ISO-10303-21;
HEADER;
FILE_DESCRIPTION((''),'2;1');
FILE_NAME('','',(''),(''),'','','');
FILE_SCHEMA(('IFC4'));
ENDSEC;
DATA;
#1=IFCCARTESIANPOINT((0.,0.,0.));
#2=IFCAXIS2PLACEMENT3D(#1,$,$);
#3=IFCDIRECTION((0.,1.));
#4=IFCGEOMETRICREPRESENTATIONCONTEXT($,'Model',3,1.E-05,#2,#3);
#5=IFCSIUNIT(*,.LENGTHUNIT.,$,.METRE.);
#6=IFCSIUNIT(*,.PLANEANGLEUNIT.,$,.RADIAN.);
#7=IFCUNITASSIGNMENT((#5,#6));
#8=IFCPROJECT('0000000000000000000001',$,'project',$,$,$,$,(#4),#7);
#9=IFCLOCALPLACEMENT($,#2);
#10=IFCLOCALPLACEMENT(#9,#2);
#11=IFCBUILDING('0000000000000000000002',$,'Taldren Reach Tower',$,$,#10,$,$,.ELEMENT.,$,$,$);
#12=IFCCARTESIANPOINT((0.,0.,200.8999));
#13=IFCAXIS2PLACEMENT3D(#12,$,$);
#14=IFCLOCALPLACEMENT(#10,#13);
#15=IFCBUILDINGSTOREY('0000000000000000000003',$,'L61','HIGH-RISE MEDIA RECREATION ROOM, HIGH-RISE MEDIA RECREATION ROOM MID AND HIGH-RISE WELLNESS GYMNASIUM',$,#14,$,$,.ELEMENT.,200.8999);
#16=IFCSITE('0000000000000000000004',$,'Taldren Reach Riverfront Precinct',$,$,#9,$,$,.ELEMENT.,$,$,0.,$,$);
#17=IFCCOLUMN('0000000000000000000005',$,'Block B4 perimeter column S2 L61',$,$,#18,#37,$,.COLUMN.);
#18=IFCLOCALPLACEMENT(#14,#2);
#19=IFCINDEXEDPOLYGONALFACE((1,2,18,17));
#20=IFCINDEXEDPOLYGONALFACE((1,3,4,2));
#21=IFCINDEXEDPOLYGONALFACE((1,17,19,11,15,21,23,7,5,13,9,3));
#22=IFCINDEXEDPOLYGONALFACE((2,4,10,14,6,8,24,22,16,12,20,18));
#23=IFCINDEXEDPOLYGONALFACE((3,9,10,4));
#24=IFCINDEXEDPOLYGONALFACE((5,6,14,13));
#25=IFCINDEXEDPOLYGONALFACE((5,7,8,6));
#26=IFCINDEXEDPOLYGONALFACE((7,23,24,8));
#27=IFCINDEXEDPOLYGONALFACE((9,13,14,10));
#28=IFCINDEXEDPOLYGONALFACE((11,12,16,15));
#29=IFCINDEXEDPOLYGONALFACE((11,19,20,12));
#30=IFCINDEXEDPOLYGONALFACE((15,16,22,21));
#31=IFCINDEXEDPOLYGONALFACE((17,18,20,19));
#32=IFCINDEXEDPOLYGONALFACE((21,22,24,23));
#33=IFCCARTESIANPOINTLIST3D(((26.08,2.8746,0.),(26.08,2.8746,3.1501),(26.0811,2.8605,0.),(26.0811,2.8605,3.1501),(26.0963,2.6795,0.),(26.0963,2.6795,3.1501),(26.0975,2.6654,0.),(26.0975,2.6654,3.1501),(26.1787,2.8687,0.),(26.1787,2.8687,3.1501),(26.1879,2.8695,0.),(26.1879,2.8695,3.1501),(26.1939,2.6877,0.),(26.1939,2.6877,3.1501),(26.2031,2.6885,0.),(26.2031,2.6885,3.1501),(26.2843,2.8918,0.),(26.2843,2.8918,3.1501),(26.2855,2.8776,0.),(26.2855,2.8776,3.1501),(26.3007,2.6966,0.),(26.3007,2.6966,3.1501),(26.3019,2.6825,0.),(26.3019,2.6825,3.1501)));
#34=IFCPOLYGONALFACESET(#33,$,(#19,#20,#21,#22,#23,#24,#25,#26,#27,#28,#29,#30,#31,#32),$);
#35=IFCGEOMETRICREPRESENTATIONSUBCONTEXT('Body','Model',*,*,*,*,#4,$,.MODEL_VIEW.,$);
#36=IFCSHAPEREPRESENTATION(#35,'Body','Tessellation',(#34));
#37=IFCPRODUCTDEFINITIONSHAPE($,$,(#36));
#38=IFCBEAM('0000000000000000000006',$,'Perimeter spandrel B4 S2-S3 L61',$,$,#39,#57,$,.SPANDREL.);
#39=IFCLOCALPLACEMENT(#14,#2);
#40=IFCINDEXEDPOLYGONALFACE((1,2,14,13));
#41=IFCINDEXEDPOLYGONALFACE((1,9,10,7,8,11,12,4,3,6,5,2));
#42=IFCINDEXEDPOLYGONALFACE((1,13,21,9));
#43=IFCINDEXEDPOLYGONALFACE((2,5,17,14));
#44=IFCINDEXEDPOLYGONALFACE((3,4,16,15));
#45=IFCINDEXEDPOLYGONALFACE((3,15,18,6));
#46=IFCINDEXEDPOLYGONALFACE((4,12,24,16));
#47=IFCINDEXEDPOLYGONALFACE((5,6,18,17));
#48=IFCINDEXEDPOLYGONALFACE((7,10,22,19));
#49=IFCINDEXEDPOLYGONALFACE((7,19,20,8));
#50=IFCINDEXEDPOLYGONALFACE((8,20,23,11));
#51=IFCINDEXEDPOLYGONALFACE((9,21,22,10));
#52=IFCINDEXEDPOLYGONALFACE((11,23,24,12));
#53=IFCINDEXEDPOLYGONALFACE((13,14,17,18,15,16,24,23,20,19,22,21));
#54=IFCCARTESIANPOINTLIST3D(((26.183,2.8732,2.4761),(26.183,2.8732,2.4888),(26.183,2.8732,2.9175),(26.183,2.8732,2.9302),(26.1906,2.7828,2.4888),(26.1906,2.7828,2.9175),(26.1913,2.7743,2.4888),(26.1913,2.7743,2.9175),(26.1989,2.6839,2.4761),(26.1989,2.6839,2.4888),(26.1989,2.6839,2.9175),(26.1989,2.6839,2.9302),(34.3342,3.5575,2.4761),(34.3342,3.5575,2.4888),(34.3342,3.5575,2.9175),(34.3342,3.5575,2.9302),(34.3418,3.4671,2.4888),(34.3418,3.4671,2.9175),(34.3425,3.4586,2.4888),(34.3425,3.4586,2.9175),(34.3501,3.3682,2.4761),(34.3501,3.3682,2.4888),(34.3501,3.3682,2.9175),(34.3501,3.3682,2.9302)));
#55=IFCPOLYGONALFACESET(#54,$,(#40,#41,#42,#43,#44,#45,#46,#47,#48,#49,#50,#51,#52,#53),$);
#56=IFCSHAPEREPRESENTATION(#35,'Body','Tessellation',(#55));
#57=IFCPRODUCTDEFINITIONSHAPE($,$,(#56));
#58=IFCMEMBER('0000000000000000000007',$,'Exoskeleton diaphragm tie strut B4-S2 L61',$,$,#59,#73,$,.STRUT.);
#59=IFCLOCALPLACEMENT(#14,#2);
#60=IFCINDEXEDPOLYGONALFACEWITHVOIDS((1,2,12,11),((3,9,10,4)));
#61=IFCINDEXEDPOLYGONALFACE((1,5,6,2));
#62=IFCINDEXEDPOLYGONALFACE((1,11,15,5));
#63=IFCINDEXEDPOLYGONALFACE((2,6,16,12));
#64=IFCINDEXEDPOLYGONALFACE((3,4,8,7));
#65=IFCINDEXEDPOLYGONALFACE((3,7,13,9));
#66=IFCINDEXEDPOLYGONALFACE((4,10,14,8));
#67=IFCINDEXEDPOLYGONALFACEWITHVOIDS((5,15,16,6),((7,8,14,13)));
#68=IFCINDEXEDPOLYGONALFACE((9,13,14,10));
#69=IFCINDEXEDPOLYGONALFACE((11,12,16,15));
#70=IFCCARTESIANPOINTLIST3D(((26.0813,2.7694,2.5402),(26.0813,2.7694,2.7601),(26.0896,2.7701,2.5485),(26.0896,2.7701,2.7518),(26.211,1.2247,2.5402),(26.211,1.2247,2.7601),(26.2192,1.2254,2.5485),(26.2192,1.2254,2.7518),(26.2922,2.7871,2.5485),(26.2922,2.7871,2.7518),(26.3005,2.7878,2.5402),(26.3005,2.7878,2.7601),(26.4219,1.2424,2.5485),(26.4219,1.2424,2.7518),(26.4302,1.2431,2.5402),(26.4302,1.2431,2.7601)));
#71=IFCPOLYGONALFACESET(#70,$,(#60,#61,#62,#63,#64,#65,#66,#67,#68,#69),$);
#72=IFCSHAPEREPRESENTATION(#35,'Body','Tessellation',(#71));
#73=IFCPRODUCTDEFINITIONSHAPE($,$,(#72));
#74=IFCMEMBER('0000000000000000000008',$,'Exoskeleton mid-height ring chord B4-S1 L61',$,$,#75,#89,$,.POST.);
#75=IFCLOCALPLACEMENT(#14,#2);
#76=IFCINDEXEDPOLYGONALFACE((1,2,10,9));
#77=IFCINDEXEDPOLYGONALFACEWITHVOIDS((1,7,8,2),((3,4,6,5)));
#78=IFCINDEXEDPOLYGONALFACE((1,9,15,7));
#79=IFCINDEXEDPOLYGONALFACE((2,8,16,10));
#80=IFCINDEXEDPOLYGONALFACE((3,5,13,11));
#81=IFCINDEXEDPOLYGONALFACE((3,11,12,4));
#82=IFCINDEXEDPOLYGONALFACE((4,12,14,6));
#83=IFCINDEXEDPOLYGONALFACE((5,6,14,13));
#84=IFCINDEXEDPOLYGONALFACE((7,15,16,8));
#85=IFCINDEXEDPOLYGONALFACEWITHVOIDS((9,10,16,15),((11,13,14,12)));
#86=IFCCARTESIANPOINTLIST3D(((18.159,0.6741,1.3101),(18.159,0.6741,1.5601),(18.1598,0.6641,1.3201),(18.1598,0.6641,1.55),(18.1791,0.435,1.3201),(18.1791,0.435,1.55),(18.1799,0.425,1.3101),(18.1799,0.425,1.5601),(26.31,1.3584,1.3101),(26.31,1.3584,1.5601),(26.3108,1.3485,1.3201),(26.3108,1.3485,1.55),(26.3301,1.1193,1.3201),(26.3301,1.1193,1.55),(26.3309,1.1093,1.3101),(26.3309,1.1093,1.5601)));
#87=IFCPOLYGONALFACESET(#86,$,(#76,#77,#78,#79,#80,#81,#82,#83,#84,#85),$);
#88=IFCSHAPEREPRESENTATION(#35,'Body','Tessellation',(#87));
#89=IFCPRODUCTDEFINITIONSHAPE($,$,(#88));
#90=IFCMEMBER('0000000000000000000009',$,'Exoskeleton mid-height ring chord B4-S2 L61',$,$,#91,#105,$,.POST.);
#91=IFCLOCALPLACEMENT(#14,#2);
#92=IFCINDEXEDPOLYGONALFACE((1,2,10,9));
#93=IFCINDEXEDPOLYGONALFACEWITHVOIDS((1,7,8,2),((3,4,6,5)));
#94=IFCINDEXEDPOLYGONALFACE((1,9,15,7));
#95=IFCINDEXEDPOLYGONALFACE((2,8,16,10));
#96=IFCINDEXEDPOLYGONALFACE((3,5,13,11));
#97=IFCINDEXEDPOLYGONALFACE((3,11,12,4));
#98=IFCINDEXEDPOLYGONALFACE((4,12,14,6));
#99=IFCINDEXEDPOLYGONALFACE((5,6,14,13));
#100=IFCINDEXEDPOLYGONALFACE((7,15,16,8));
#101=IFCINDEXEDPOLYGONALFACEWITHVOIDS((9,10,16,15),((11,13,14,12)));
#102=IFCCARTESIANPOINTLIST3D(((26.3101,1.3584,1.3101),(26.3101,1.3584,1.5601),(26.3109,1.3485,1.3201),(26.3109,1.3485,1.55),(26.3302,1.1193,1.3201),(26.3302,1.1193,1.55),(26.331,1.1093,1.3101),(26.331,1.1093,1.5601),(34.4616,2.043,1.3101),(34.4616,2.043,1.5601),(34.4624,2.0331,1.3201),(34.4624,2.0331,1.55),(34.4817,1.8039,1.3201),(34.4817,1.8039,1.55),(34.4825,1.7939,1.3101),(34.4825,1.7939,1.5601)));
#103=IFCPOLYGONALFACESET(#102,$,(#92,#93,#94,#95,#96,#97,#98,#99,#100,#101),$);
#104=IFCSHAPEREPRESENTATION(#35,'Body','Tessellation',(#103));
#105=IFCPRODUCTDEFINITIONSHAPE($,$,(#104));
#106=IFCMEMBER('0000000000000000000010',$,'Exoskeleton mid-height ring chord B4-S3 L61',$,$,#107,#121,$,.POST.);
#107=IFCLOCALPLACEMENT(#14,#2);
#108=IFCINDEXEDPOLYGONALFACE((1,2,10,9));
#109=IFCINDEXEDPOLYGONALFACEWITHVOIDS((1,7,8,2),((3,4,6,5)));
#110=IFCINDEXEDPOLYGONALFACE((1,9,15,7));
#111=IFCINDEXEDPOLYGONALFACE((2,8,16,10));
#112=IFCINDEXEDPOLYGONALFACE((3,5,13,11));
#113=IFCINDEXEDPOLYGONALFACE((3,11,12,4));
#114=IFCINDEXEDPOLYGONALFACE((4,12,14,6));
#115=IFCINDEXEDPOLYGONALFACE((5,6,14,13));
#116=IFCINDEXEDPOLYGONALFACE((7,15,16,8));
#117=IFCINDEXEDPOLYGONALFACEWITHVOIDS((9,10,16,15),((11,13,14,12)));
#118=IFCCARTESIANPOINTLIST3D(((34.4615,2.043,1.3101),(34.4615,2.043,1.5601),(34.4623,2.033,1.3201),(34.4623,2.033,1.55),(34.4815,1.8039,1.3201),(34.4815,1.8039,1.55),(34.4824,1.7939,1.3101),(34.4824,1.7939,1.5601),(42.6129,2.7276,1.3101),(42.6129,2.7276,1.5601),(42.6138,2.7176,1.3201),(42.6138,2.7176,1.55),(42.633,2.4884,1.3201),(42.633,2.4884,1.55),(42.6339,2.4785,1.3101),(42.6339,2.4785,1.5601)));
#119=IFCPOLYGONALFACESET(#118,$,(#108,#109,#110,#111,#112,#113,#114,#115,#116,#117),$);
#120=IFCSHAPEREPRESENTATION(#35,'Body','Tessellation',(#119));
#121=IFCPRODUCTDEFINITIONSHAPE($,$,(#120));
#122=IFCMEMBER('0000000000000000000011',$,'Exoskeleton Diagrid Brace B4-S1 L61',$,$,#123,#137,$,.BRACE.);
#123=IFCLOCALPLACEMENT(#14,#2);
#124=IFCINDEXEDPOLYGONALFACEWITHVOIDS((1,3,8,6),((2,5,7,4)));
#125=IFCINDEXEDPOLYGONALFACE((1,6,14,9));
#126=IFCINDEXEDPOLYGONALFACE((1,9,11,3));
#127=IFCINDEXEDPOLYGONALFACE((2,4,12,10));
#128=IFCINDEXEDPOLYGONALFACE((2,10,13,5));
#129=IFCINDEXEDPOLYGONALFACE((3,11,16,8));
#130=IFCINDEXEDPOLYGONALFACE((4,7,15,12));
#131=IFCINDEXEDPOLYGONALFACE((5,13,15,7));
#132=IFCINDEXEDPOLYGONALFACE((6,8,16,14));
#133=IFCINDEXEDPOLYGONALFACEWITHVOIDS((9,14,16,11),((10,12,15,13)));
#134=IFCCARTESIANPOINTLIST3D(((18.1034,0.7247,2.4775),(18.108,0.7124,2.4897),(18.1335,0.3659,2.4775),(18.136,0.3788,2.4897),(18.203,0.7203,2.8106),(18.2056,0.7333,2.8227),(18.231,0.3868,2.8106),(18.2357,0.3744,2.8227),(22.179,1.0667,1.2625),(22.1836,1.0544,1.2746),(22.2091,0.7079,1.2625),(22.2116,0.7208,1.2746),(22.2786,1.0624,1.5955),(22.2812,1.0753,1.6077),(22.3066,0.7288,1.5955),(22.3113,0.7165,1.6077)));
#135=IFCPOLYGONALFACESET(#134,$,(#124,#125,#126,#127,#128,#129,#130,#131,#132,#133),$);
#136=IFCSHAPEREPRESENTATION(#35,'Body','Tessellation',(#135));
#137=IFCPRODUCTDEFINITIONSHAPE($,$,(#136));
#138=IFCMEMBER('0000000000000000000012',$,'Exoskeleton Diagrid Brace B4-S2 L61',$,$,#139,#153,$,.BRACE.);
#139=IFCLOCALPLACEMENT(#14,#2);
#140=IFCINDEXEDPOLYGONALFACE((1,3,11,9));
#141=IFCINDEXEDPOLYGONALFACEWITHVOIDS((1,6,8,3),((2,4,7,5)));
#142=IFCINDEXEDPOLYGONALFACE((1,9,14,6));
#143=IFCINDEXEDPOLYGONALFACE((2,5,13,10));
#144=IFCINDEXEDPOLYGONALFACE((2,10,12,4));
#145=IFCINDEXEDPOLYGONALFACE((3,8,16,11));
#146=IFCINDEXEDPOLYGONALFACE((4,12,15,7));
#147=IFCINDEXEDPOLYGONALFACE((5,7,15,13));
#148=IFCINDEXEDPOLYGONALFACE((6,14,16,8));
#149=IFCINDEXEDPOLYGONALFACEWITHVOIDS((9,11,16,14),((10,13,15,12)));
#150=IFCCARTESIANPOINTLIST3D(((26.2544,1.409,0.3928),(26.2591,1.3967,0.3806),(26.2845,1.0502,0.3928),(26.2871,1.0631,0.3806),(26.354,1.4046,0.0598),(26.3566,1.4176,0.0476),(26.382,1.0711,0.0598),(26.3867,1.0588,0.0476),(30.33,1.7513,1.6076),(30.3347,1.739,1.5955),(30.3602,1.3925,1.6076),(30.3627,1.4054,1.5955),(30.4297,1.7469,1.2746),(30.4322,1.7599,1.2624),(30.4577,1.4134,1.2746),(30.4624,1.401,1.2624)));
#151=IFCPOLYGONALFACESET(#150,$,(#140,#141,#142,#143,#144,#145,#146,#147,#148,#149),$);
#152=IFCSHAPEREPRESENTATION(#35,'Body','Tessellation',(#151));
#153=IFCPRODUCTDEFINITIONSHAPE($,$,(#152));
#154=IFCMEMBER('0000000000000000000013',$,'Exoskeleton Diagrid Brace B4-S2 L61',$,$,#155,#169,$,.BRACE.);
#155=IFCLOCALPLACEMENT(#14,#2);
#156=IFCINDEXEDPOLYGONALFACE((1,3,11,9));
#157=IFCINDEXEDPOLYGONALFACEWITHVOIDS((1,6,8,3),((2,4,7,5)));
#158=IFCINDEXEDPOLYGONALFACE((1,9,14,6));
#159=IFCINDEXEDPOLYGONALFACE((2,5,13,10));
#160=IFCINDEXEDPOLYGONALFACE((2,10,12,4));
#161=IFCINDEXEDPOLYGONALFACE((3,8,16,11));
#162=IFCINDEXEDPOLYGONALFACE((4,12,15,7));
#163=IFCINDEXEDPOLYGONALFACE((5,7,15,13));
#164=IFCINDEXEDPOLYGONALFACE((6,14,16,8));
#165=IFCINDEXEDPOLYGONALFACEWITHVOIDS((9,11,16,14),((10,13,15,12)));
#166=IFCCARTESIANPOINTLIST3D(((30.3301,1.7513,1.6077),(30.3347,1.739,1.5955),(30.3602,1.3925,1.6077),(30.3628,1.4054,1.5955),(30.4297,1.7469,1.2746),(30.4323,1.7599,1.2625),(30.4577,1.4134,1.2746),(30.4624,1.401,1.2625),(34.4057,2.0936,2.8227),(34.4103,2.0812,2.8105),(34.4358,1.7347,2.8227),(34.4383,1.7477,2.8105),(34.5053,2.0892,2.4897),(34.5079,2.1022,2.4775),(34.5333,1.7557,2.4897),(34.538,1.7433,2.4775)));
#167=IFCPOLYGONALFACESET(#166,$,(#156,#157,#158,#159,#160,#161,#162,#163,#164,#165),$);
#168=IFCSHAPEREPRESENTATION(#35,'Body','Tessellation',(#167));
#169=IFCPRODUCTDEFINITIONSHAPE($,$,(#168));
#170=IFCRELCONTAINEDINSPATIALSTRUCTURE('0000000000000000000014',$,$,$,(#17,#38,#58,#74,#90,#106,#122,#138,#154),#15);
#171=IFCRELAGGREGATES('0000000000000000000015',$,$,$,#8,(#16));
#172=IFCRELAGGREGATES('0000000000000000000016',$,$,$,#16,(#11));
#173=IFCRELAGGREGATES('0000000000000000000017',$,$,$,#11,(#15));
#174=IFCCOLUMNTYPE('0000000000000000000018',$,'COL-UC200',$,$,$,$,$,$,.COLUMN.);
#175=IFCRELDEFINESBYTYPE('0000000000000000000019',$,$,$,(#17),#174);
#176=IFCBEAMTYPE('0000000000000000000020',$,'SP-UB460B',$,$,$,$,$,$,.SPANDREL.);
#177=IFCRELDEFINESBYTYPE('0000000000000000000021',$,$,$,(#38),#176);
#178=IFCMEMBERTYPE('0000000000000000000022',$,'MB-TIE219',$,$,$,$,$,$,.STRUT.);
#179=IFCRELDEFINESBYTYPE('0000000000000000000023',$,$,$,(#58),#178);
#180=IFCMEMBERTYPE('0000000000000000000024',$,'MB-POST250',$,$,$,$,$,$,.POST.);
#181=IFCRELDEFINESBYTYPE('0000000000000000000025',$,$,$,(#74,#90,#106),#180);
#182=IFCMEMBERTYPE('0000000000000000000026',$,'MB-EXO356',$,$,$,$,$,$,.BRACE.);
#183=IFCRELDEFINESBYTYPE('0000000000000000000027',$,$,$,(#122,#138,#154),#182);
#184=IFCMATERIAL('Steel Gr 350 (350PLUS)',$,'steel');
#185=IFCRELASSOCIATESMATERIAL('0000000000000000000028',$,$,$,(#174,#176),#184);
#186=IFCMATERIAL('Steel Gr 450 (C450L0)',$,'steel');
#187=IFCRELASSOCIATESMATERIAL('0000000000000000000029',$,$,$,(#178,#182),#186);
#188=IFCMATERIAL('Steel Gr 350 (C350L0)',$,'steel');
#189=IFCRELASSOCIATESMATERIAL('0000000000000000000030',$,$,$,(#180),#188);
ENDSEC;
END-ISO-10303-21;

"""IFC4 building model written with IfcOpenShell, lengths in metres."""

from ifc_helpers import new_model, si_unit, direction, frame, origin, origin_2d, place, context, subcontext, project, spatial, hollow_rectangle, i_section, extrude, source, transform, mapped, material, material_profile, profile_set, type_object, element, save


model = new_model("IFC4")

# Units and contexts
model_context = context("Model", 3, precision=1e-05, world=origin(), true_north=direction((0.0, 1.0)))
body_context = subcontext(model_context, "Body", "Model", "MODEL_VIEW")
ifc_project = project(units=[si_unit("LENGTHUNIT", "METRE"), si_unit("PLANEANGLEUNIT", "RADIAN")], contexts=[model_context])

# Site, building, storey
site_placement = place(None, origin())
site = spatial("IfcSite", under=ifc_project, at=site_placement, Name="Taldren Reach Riverfront Precinct", CompositionType="ELEMENT", RefElevation=0.0)
building_placement = place(site_placement, origin())
building = spatial("IfcBuilding", under=site, at=building_placement, Name="Taldren Reach Tower", CompositionType="ELEMENT")
storey_placement = place(building_placement, frame((0.0, 0.0, 200.8999)))
storey = spatial("IfcBuildingStorey", under=building, at=storey_placement, Name="L61", Description="HIGH-RISE MEDIA RECREATION ROOM, HIGH-RISE MEDIA RECREATION ROOM MID AND HIGH-RISE WELLNESS GYMNASIUM", CompositionType="ELEMENT", Elevation=200.8999)

# Column
ifc_material_1 = material(Name="Steel Gr 350 (350PLUS)", Category="steel")
ifc_material_profile_1 = material_profile(ifc_material_1, i_section(OverallWidth=0.2051, OverallDepth=0.21, WebThickness=0.0093, FlangeThickness=0.0142, at=origin_2d()), Name="200UC59.5")
ifc_profile_set_1 = profile_set([ifc_material_profile_1], Name="Steel Gr 350 (350PLUS)")
column_type = type_object("IfcColumnType", Name="COL-UC200", PredefinedType="COLUMN", material=ifc_profile_set_1)
shared_shape_1 = source(origin(), body_context, "Body", "SweptSolid", [
    extrude(i_section(OverallWidth=0.2051, OverallDepth=0.21, WebThickness=0.0093, FlangeThickness=0.0142, at=origin_2d()), origin(), (0.0, 0.0, 1.0), 3.1501),
])
column_placement = place(storey_placement, frame((26.1909, 2.7786, 0.0), z_axis=(0.0, 0.0, 1.0), x_axis=(0.996493, 0.083678, 0.0)))
element("IfcColumn", 1, at=column_placement, inside=storey, type_object=column_type, Name="Block B4 perimeter column S2 L61", PredefinedType="COLUMN", context=body_context, shape_type="MappedRepresentation", body=[
    mapped(shared_shape_1, transform((0.0, 0.0, 0.0), scale=1.0)),
])

# Beam
ifc_material_profile_2 = material_profile(ifc_material_1, i_section(OverallWidth=0.1899, OverallDepth=0.4541, WebThickness=0.0085, FlangeThickness=0.0127, at=origin_2d()), Name="460UB67.1")
ifc_profile_set_2 = profile_set([ifc_material_profile_2], Name="Steel Gr 350 (350PLUS)")
beam_type = type_object("IfcBeamType", Name="SP-UB460B", PredefinedType="SPANDREL", material=ifc_profile_set_2)
shared_shape_2 = source(origin(), body_context, "Body", "SweptSolid", [
    extrude(i_section(OverallWidth=0.1899, OverallDepth=0.4541, WebThickness=0.0085, FlangeThickness=0.0127, at=origin_2d()), origin(), (0.0, 0.0, 1.0), 8.1799),
])
beam_placement = place(storey_placement, frame((26.1909, 2.7786, 2.7031), z_axis=(0.996495, 0.083658, 0.0), x_axis=(-0.083658, 0.996495, 0.0)))
element("IfcBeam", 2, at=beam_placement, inside=storey, type_object=beam_type, Name="Perimeter spandrel B4 S2-S3 L61", PredefinedType="SPANDREL", context=body_context, shape_type="MappedRepresentation", body=[
    mapped(shared_shape_2, transform((0.0, 0.0, 0.0), scale=1.0)),
])

# Members
ifc_material_2 = material(Name="Steel Gr 450 (C450L0)", Category="steel")
ifc_material_profile_3 = material_profile(ifc_material_2, hollow_rectangle(XDim=0.22, YDim=0.22, WallThickness=0.0083, at=origin_2d()), Name="220x220x8.2SHS")
ifc_profile_set_3 = profile_set([ifc_material_profile_3], Name="Steel Gr 450 (C450L0)")
member_type_1 = type_object("IfcMemberType", Name="MB-TIE219", PredefinedType="STRUT", material=ifc_profile_set_3)
shared_shape_3 = source(origin(), body_context, "Body", "SweptSolid", [
    extrude(hollow_rectangle(XDim=0.22, YDim=0.22, WallThickness=0.0083, at=origin_2d()), origin(), (0.0, 0.0, 1.0), 1.55),
])
member_1_placement = place(storey_placement, frame((26.1909, 2.7786, 2.6501), z_axis=(0.083632, -0.996497, 0.0), x_axis=(0.996497, 0.083632, 0.0)))
element("IfcMember", 3, at=member_1_placement, inside=storey, type_object=member_type_1, Name="Exoskeleton diaphragm tie strut B4-S2 L61", PredefinedType="STRUT", context=body_context, shape_type="MappedRepresentation", body=[
    mapped(shared_shape_3, transform((0.0, 0.0, 0.0), scale=1.0)),
])
ifc_material_3 = material(Name="Steel Gr 350 (C350L0)", Category="steel")
ifc_material_profile_4 = material_profile(ifc_material_3, hollow_rectangle(XDim=0.25, YDim=0.25, WallThickness=0.01, at=origin_2d()), Name="250x250x10.0SHS")
ifc_profile_set_4 = profile_set([ifc_material_profile_4], Name="Steel Gr 350 (C350L0)")
member_type_2 = type_object("IfcMemberType", Name="MB-POST250", PredefinedType="POST", material=ifc_profile_set_4)
shared_shape_4 = source(origin(), body_context, "Body", "SweptSolid", [
    extrude(hollow_rectangle(XDim=0.25, YDim=0.25, WallThickness=0.01, at=origin_2d()), origin(), (0.0, 0.0, 1.0), 8.1797),
])
member_2_placement = place(storey_placement, frame((18.1694, 0.5496, 1.4351), z_axis=(0.996494, 0.083661, 0.0), x_axis=(-0.083661, 0.996494, 0.0)))
element("IfcMember", 4, at=member_2_placement, inside=storey, type_object=member_type_2, Name="Exoskeleton mid-height ring chord B4-S1 L61", PredefinedType="POST", context=body_context, shape_type="MappedRepresentation", body=[
    mapped(shared_shape_4, transform((0.0, 0.0, 0.0), scale=1.0)),
])
shared_shape_5 = source(origin(), body_context, "Body", "SweptSolid", [
    extrude(hollow_rectangle(XDim=0.25, YDim=0.25, WallThickness=0.01, at=origin_2d()), origin(), (0.0, 0.0, 1.0), 8.1802),
])
for number, where, z_axis, x_axis, name in (
    (5, (26.3206, 1.2339, 1.4351), (0.996492, 0.083688, 0.0), (-0.083688, 0.996492, 0.0), "Exoskeleton mid-height ring chord B4-S2 L61"),
    (6, (34.4719, 1.9185, 1.4351), (0.996492, 0.083688, 0.0), (-0.083688, 0.996492, 0.0), "Exoskeleton mid-height ring chord B4-S3 L61"),
):
    element("IfcMember", number, at=place(storey_placement, frame(where, z_axis=z_axis, x_axis=x_axis)), inside=storey, type_object=member_type_2, Name=name, PredefinedType="POST", context=body_context, shape_type="MappedRepresentation", body=[
        mapped(shared_shape_5, transform((0.0, 0.0, 0.0), scale=1.0)),
    ])
ifc_material_profile_5 = material_profile(ifc_material_2, hollow_rectangle(XDim=0.3601, YDim=0.3601, WallThickness=0.0127, at=origin_2d()), Name="360x360x12.7SHS")
ifc_profile_set_5 = profile_set([ifc_material_profile_5], Name="Steel Gr 450 (C450L0)")
member_type_3 = type_object("IfcMemberType", Name="MB-EXO356", PredefinedType="BRACE", material=ifc_profile_set_5)
shared_shape_6 = source(origin(), body_context, "Body", "SweptSolid", [
    extrude(hollow_rectangle(XDim=0.3601, YDim=0.3601, WallThickness=0.0127, at=origin_2d()), origin(), (0.0, 0.0, 1.0), 4.2666),
])
for number, where, z_axis, x_axis, name in (
    (7, (22.2451, 0.8916, 1.4351), (-0.955234, -0.080165, 0.284785), (0.083628, -0.996497, 0.0), "Exoskeleton Diagrid Brace B4-S1 L61"),
    (8, (26.3206, 1.2339, 0.2202), (0.955245, 0.080224, 0.284731), (-0.083688, 0.996492, 0.0), "Exoskeleton Diagrid Brace B4-S2 L61"),
    (9, (30.3962, 1.5762, 1.4351), (0.955229, 0.080222, 0.284783), (-0.083688, 0.996492, 0.0), "Exoskeleton Diagrid Brace B4-S2 L61"),
):
    element("IfcMember", number, at=place(storey_placement, frame(where, z_axis=z_axis, x_axis=x_axis)), inside=storey, type_object=member_type_3, Name=name, PredefinedType="BRACE", context=body_context, shape_type="MappedRepresentation", body=[
        mapped(shared_shape_6, transform((0.0, 0.0, 0.0), scale=1.0)),
    ])

save(model, "model.ifc")
